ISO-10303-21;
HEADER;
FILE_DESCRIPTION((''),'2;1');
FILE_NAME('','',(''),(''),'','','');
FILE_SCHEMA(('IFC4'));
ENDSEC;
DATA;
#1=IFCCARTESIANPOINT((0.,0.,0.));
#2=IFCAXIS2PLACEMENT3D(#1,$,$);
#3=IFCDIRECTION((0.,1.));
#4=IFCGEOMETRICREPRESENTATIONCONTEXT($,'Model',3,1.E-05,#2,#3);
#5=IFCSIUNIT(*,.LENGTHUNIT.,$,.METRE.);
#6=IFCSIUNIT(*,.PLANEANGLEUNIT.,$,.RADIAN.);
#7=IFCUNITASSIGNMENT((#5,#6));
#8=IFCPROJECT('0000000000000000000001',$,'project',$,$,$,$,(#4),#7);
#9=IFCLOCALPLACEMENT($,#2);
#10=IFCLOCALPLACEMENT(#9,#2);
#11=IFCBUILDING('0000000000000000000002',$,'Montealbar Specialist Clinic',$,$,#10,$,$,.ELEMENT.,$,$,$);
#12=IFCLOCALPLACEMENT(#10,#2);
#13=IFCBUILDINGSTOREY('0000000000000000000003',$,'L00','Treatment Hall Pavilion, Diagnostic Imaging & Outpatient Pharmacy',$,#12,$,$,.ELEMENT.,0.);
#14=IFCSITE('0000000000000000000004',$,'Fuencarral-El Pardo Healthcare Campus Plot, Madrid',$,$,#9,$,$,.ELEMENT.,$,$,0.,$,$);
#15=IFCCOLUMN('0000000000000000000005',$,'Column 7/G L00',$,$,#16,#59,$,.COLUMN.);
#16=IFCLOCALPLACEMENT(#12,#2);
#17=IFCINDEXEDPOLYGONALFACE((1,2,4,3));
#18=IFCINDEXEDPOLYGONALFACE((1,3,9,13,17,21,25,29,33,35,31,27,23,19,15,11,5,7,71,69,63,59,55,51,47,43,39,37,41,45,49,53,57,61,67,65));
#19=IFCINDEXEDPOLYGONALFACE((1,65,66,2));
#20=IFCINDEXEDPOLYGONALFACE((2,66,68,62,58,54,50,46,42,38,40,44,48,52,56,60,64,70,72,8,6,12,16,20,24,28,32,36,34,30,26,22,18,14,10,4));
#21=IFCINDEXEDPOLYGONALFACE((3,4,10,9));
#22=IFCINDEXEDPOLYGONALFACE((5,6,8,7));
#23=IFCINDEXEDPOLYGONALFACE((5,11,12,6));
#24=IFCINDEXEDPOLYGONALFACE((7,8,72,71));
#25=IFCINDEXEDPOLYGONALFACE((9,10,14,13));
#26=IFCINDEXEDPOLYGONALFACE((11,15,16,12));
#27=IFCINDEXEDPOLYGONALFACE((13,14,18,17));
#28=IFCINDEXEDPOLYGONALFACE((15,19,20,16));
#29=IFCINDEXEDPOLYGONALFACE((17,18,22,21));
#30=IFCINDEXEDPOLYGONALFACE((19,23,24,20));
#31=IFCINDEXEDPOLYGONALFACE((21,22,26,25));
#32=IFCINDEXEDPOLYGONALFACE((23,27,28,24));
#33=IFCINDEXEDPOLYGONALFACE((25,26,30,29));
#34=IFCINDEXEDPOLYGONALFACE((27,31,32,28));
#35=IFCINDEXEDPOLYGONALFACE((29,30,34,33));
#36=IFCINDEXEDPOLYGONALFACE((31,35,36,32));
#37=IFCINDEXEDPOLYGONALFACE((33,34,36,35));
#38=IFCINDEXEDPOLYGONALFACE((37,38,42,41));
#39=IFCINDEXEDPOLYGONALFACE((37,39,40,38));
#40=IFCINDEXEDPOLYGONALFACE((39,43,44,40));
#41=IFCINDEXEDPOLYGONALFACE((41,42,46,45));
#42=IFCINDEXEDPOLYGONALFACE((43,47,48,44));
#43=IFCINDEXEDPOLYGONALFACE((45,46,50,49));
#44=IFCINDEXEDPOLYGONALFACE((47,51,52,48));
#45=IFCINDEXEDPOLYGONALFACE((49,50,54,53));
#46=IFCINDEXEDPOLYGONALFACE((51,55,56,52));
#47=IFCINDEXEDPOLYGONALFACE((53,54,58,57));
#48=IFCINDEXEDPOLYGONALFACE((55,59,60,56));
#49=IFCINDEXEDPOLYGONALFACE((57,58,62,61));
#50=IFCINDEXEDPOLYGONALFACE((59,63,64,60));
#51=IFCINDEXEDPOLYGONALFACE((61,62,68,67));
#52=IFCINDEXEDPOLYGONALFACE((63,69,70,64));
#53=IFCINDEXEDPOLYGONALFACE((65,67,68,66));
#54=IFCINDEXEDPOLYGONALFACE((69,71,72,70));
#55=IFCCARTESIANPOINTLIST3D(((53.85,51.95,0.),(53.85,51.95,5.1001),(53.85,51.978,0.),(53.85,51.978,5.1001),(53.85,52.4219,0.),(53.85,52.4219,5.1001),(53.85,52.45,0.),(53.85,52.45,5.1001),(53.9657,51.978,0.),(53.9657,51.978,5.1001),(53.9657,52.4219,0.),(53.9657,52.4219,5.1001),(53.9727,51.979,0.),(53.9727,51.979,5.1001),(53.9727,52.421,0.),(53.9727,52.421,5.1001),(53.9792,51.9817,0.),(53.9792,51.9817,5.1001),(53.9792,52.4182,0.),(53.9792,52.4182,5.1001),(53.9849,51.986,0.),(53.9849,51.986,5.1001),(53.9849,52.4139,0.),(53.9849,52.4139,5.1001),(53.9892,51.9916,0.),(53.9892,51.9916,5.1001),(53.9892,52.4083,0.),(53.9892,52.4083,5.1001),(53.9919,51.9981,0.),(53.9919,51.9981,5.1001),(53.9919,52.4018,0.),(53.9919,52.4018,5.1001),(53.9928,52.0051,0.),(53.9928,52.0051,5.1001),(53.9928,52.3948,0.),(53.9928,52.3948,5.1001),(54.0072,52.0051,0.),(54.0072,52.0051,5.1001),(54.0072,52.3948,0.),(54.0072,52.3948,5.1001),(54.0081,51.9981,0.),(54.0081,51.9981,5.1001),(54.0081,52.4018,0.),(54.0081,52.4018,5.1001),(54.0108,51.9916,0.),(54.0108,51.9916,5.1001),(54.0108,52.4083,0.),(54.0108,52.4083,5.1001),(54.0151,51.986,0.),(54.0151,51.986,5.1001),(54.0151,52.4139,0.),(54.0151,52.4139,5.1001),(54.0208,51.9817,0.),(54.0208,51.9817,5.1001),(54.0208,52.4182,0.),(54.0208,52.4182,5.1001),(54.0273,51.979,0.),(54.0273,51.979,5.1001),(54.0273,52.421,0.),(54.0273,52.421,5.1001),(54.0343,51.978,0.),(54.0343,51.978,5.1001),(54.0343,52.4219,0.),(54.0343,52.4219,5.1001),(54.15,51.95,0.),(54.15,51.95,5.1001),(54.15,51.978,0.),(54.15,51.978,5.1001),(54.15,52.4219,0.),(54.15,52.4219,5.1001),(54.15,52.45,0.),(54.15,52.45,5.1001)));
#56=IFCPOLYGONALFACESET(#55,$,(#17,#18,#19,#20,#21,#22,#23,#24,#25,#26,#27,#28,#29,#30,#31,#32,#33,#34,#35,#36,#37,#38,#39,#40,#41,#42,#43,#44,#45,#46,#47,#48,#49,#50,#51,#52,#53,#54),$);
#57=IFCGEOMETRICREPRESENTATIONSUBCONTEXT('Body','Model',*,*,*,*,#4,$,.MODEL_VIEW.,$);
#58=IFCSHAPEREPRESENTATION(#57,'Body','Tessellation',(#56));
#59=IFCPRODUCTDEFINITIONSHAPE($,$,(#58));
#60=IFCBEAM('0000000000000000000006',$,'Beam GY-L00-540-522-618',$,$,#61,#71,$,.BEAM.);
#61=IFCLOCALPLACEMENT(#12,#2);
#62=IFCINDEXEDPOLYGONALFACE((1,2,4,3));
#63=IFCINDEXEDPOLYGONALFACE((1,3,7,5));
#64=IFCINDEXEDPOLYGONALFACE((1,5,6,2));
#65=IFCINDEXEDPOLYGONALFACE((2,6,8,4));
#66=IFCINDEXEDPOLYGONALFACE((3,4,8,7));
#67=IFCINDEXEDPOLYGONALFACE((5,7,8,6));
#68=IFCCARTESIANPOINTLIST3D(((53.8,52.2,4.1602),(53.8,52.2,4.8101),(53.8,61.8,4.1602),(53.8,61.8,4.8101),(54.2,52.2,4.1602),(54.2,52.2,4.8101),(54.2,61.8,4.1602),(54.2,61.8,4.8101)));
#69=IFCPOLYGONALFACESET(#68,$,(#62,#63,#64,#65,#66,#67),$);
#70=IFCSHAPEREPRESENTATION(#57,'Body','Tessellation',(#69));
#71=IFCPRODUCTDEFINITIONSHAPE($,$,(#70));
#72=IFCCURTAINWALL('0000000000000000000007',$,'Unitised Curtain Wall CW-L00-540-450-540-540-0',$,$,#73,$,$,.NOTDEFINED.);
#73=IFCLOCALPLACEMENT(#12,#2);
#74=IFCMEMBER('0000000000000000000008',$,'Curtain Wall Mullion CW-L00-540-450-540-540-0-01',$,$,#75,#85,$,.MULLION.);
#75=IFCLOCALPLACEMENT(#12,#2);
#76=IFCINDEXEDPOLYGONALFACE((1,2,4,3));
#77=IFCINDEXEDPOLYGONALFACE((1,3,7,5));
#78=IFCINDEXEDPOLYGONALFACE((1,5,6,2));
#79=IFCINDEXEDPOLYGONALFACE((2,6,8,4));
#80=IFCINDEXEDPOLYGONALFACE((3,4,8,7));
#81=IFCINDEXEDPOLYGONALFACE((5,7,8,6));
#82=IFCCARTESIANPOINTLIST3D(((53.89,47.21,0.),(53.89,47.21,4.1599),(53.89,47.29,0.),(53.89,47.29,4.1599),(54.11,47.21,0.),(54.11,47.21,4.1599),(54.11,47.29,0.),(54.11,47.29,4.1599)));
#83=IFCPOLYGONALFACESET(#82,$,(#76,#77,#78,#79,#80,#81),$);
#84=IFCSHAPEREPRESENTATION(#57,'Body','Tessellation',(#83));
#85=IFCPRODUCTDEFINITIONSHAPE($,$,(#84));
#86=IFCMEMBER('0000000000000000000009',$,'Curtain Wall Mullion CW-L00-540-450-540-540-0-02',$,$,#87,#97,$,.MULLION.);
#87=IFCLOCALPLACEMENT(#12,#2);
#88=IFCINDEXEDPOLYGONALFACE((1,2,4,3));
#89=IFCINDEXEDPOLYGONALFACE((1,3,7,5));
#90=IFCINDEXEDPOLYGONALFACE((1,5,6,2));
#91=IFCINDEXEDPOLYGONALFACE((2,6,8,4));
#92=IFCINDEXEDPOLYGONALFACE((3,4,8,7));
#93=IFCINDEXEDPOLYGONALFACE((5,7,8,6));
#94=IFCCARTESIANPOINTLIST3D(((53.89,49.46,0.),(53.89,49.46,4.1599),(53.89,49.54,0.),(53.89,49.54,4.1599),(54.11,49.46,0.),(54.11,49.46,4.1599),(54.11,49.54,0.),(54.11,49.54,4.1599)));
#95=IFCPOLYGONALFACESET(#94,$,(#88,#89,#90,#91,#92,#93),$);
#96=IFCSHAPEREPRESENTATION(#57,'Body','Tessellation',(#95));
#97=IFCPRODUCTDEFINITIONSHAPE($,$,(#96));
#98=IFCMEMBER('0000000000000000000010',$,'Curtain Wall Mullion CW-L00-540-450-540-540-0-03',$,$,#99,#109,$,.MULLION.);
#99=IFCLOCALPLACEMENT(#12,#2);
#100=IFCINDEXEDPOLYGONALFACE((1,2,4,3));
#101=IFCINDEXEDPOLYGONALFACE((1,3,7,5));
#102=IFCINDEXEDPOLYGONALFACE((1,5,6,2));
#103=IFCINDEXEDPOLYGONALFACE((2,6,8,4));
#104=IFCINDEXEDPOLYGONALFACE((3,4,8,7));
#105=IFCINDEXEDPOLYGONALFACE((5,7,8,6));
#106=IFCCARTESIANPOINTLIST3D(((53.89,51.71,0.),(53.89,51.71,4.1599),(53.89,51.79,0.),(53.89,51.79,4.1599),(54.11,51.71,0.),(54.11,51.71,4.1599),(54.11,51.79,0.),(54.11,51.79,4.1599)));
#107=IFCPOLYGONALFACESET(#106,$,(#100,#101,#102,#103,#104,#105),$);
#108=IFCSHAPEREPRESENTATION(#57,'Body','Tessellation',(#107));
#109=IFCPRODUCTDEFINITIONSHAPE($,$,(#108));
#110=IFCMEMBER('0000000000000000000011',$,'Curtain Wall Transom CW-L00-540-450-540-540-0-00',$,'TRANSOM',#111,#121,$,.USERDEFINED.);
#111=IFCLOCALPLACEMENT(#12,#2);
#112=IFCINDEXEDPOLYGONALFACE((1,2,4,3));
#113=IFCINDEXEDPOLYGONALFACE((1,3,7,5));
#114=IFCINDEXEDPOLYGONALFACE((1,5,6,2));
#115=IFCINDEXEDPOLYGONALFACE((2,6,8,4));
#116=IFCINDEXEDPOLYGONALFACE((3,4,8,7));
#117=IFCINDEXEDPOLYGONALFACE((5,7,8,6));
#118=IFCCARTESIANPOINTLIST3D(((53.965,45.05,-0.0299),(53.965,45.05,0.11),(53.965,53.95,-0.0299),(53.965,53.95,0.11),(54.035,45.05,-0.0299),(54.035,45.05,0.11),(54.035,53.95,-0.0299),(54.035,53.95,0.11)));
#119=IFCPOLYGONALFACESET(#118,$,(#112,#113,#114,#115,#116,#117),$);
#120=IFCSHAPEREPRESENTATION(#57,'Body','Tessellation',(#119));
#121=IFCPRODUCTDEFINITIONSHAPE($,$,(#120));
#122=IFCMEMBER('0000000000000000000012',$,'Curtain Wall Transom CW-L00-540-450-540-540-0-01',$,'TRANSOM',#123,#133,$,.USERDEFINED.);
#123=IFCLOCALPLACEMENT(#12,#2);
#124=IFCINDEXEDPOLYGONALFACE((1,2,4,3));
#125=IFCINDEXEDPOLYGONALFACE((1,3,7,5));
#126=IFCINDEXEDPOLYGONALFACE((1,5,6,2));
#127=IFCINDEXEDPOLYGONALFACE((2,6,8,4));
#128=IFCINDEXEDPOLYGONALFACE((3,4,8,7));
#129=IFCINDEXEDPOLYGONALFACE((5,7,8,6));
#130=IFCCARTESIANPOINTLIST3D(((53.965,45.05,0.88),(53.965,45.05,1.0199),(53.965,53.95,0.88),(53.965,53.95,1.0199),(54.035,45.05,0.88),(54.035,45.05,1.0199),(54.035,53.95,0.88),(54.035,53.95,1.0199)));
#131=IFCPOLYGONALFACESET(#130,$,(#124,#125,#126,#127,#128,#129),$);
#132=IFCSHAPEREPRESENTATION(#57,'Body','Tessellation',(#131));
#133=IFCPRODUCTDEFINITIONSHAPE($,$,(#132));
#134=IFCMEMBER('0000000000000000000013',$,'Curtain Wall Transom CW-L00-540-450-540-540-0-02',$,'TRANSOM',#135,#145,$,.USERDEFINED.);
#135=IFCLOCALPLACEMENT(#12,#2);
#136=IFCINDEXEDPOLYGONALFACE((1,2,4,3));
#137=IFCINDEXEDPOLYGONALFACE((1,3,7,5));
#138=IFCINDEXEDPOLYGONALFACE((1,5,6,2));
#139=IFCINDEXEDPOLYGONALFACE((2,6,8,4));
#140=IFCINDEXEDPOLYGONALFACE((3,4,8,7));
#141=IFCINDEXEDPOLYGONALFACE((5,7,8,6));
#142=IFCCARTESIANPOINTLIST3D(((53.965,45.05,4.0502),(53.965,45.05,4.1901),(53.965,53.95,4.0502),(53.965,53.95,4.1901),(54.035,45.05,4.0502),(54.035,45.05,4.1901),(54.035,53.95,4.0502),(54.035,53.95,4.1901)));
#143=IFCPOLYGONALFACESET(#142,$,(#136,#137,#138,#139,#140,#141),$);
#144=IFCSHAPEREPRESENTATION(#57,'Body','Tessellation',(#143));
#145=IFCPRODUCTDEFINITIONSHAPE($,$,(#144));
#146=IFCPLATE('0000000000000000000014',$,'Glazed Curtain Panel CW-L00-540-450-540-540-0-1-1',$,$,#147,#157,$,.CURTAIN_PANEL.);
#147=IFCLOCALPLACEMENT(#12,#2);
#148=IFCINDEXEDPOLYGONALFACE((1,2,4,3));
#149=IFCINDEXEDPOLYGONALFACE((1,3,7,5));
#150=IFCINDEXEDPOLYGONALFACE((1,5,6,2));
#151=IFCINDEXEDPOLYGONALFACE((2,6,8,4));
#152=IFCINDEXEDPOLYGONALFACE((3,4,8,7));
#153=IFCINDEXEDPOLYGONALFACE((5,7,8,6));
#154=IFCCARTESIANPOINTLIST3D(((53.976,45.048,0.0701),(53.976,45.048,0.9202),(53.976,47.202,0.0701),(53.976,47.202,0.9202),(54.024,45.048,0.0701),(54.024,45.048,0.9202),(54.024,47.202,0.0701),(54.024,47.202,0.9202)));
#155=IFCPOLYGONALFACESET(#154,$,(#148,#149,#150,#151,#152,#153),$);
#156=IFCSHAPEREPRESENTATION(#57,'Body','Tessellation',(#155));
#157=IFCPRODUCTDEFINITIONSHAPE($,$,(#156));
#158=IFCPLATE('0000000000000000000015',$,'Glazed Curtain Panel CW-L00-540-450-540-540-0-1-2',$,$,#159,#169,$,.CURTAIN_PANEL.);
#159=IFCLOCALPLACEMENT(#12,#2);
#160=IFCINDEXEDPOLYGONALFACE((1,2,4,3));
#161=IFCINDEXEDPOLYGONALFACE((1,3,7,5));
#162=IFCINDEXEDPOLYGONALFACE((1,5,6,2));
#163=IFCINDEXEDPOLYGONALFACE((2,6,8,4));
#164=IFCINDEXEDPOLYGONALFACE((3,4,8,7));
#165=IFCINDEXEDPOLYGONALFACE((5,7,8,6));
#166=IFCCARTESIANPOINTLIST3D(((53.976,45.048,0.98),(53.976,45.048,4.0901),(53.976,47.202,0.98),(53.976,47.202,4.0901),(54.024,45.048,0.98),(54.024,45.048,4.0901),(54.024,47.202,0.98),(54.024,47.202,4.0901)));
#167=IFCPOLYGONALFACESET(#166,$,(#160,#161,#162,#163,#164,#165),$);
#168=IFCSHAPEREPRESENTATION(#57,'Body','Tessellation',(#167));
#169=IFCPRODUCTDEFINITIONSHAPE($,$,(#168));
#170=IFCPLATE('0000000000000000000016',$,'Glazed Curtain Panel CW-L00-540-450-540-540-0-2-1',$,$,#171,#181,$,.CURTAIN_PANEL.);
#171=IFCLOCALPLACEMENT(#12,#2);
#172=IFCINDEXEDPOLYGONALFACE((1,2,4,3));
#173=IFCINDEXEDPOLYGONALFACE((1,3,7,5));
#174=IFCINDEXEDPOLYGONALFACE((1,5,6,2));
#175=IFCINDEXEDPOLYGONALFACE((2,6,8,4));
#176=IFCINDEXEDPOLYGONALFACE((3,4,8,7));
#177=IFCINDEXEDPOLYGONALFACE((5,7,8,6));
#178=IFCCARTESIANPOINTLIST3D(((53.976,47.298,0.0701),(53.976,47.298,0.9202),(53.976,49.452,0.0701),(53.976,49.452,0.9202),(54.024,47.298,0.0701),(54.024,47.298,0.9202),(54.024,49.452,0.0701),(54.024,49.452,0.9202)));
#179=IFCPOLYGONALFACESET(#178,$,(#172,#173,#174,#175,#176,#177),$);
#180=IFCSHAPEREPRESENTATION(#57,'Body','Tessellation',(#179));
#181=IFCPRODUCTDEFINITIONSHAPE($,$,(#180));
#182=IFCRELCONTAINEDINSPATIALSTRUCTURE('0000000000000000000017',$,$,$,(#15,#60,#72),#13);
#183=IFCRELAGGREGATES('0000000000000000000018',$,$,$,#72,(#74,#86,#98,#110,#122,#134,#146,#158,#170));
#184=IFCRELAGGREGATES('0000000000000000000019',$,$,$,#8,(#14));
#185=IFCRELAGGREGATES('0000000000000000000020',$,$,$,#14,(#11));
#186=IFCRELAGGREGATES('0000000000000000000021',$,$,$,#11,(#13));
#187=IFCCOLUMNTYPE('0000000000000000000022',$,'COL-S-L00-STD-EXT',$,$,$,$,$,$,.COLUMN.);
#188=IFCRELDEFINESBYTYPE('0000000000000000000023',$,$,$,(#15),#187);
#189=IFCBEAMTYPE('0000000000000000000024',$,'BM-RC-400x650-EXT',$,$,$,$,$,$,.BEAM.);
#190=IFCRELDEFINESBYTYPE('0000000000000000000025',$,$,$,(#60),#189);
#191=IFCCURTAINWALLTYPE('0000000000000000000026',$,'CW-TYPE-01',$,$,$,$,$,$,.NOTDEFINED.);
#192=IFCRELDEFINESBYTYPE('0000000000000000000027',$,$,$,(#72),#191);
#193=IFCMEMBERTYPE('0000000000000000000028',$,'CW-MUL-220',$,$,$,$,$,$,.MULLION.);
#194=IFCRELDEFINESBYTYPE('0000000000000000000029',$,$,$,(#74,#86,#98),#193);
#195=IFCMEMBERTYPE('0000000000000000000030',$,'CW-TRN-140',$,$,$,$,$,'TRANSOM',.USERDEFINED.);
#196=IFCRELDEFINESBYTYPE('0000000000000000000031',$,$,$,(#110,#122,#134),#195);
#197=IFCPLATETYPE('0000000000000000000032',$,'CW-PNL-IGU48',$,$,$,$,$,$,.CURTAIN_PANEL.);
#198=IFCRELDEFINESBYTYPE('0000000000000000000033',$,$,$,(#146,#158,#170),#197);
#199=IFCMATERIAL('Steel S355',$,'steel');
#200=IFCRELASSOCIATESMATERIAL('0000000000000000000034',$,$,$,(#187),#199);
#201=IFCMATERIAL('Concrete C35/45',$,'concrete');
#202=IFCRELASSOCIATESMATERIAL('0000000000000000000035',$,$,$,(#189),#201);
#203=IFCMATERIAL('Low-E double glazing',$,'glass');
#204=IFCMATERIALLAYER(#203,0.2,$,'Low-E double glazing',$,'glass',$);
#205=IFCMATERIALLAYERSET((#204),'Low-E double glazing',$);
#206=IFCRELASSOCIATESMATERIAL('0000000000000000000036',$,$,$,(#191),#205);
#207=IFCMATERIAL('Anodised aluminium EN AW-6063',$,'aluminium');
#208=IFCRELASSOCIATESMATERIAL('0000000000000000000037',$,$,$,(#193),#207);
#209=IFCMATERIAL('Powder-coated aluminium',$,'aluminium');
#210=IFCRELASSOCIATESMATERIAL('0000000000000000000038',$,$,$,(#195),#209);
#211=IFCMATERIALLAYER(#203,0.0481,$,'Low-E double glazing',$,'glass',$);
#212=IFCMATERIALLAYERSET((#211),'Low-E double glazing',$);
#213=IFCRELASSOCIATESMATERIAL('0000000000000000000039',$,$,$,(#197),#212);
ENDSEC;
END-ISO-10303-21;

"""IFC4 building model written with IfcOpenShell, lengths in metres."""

from ifc_helpers import new_model, si_unit, direction, frame, origin, origin_2d, place, context, subcontext, project, spatial, rectangle, i_section, extrude, material, layer, layer_set, material_profile, profile_set, type_object, element, aggregate, save


model = new_model("IFC4")

# Units and contexts
model_context = context("Model", 3, precision=1e-05, world=origin(), true_north=direction((0.0, 1.0)))
body_context = subcontext(model_context, "Body", "Model", "MODEL_VIEW")
ifc_project = project(units=[si_unit("LENGTHUNIT", "METRE"), si_unit("PLANEANGLEUNIT", "RADIAN")], contexts=[model_context])

# Site, building, storey
site_placement = place(None, origin())
site = spatial("IfcSite", under=ifc_project, at=site_placement, Name="Fuencarral-El Pardo Healthcare Campus Plot, Madrid", CompositionType="ELEMENT", RefElevation=0.0)
building_placement = place(site_placement, origin())
building = spatial("IfcBuilding", under=site, at=building_placement, Name="Montealbar Specialist Clinic", CompositionType="ELEMENT")
storey_placement = place(building_placement, origin())
storey = spatial("IfcBuildingStorey", under=building, at=storey_placement, Name="L00", Description="Treatment Hall Pavilion, Diagnostic Imaging & Outpatient Pharmacy", CompositionType="ELEMENT", Elevation=0.0)

# Column
ifc_material_1 = material(Name="Steel S355", Category="steel")
ifc_material_profile_1 = material_profile(ifc_material_1, i_section(OverallWidth=0.3, OverallDepth=0.5, WebThickness=0.0144, FlangeThickness=0.0281, FilletRadius=0.0271, at=origin_2d()), Name="HEB 500", Category="steel")
ifc_profile_set_1 = profile_set([ifc_material_profile_1], Name="Steel S355")
column_type = type_object("IfcColumnType", Name="COL-S-L00-STD-EXT", PredefinedType="COLUMN", material=ifc_profile_set_1)
column_placement = place(storey_placement, frame((54.0, 52.2, 0.0), z_axis=(0.0, 0.0, 1.0), x_axis=(1.0, 0.0, 0.0)))
element("IfcColumn", 1, at=column_placement, inside=storey, type_object=column_type, Name="Column 7/G L00", PredefinedType="COLUMN", context=body_context, shape_type="SweptSolid", body=[
    extrude(i_section(OverallWidth=0.3, OverallDepth=0.5, WebThickness=0.0144, FlangeThickness=0.0281, FilletRadius=0.0271, at=origin_2d()), origin(), (0.0, 0.0, 1.0), 5.1001),
])

# Beam
ifc_material_2 = material(Name="Concrete C35/45", Category="concrete")
ifc_material_profile_2 = material_profile(ifc_material_2, rectangle(XDim=0.3999, YDim=0.6499, at=origin_2d()), Name="RC 400x650", Category="concrete")
ifc_profile_set_2 = profile_set([ifc_material_profile_2], Name="Concrete C35/45")
beam_type = type_object("IfcBeamType", Name="BM-RC-400x650-EXT", PredefinedType="BEAM", material=ifc_profile_set_2)
beam_placement = place(storey_placement, frame((54.0, 52.2, 4.4851), z_axis=(0.0, 1.0, 0.0), x_axis=(-1.0, 0.0, 0.0)))
element("IfcBeam", 2, at=beam_placement, inside=storey, type_object=beam_type, Name="Beam GY-L00-540-522-618", PredefinedType="BEAM", context=body_context, shape_type="SweptSolid", body=[
    extrude(rectangle(XDim=0.3999, YDim=0.6499, at=origin_2d()), origin(), (0.0, 0.0, 1.0), 9.6001),
])

# Curtain wall, members, plates
ifc_material_3 = material(Name="Low-E double glazing", Category="glass")
ifc_layer_1 = layer(ifc_material_3, 0.2, Name="Low-E double glazing", Category="glass")
ifc_layer_set_1 = layer_set([ifc_layer_1], Name="Low-E double glazing")
curtain_wall_type = type_object("IfcCurtainWallType", Name="CW-TYPE-01", PredefinedType="NOTDEFINED", material=ifc_layer_set_1)
curtain_wall_placement = place(storey_placement, origin())
curtain_wall = element("IfcCurtainWall", 3, at=curtain_wall_placement, inside=storey, type_object=curtain_wall_type, Name="Unitised Curtain Wall CW-L00-540-450-540-540-0", PredefinedType="NOTDEFINED")
ifc_material_4 = material(Name="Anodised aluminium EN AW-6063", Category="aluminium")
ifc_material_profile_3 = material_profile(ifc_material_4, rectangle(XDim=0.0801, YDim=0.22, at=origin_2d()), Name="ALU 80x220", Category="aluminium")
ifc_profile_set_3 = profile_set([ifc_material_profile_3], Name="Anodised aluminium EN AW-6063")
member_type_1 = type_object("IfcMemberType", Name="CW-MUL-220", PredefinedType="MULLION", material=ifc_profile_set_3)
member_1_placement = place(storey_placement, frame((54.0, 47.25, 0.0), z_axis=(0.0, 0.0, 1.0), x_axis=(0.0, 1.0, 0.0)))
member_1 = element("IfcMember", 4, at=member_1_placement, type_object=member_type_1, Name="Curtain Wall Mullion CW-L00-540-450-540-540-0-01", PredefinedType="MULLION", context=body_context, shape_type="SweptSolid", body=[
    extrude(rectangle(XDim=0.0801, YDim=0.22, at=origin_2d()), origin(), (0.0, 0.0, 1.0), 4.1599),
])
member_2_placement = place(storey_placement, frame((54.0, 49.5, 0.0), z_axis=(0.0, 0.0, 1.0), x_axis=(0.0, 1.0, 0.0)))
member_2 = element("IfcMember", 5, at=member_2_placement, type_object=member_type_1, Name="Curtain Wall Mullion CW-L00-540-450-540-540-0-02", PredefinedType="MULLION", context=body_context, shape_type="SweptSolid", body=[
    extrude(rectangle(XDim=0.0801, YDim=0.22, at=origin_2d()), origin(), (0.0, 0.0, 1.0), 4.1599),
])
member_3_placement = place(storey_placement, frame((54.0, 51.75, 0.0), z_axis=(0.0, 0.0, 1.0), x_axis=(0.0, 1.0, 0.0)))
member_3 = element("IfcMember", 6, at=member_3_placement, type_object=member_type_1, Name="Curtain Wall Mullion CW-L00-540-450-540-540-0-03", PredefinedType="MULLION", context=body_context, shape_type="SweptSolid", body=[
    extrude(rectangle(XDim=0.0801, YDim=0.22, at=origin_2d()), origin(), (0.0, 0.0, 1.0), 4.1599),
])
ifc_material_5 = material(Name="Powder-coated aluminium", Category="aluminium")
ifc_material_profile_4 = material_profile(ifc_material_5, rectangle(XDim=0.0701, YDim=0.1399, at=origin_2d()), Name="ALU 70x140", Category="aluminium")
ifc_profile_set_4 = profile_set([ifc_material_profile_4], Name="Powder-coated aluminium")
member_type_2 = type_object("IfcMemberType", Name="CW-TRN-140", ElementType="TRANSOM", PredefinedType="USERDEFINED", material=ifc_profile_set_4)
member_4_placement = place(storey_placement, frame((54.0, 45.05, 0.04), z_axis=(0.0, 1.0, 0.0), x_axis=(-1.0, 0.0, 0.0)))
member_4 = element("IfcMember", 7, at=member_4_placement, type_object=member_type_2, Name="Curtain Wall Transom CW-L00-540-450-540-540-0-00", ObjectType="TRANSOM", PredefinedType="USERDEFINED", context=body_context, shape_type="SweptSolid", body=[
    extrude(rectangle(XDim=0.0701, YDim=0.1399, at=origin_2d()), origin(), (0.0, 0.0, 1.0), 8.8999),
])
member_5_placement = place(storey_placement, frame((54.0, 45.05, 0.95), z_axis=(0.0, 1.0, 0.0), x_axis=(-1.0, 0.0, 0.0)))
member_5 = element("IfcMember", 8, at=member_5_placement, type_object=member_type_2, Name="Curtain Wall Transom CW-L00-540-450-540-540-0-01", ObjectType="TRANSOM", PredefinedType="USERDEFINED", context=body_context, shape_type="SweptSolid", body=[
    extrude(rectangle(XDim=0.0701, YDim=0.1399, at=origin_2d()), origin(), (0.0, 0.0, 1.0), 8.8999),
])
member_6_placement = place(storey_placement, frame((54.0, 45.05, 4.1201), z_axis=(0.0, 1.0, 0.0), x_axis=(-1.0, 0.0, 0.0)))
member_6 = element("IfcMember", 9, at=member_6_placement, type_object=member_type_2, Name="Curtain Wall Transom CW-L00-540-450-540-540-0-02", ObjectType="TRANSOM", PredefinedType="USERDEFINED", context=body_context, shape_type="SweptSolid", body=[
    extrude(rectangle(XDim=0.0701, YDim=0.1399, at=origin_2d()), origin(), (0.0, 0.0, 1.0), 8.8999),
])
ifc_layer_2 = layer(ifc_material_3, 0.0481, Name="Low-E double glazing", Category="glass")
ifc_layer_set_2 = layer_set([ifc_layer_2], Name="Low-E double glazing")
plate_type = type_object("IfcPlateType", Name="CW-PNL-IGU48", PredefinedType="CURTAIN_PANEL", material=ifc_layer_set_2)
plate_1_placement = place(storey_placement, frame((54.0, 46.125, 0.0701), z_axis=(0.0, 0.0, 1.0), x_axis=(0.0, 1.0, 0.0)))
plate_1 = element("IfcPlate", 10, at=plate_1_placement, type_object=plate_type, Name="Glazed Curtain Panel CW-L00-540-450-540-540-0-1-1", PredefinedType="CURTAIN_PANEL", context=body_context, shape_type="SweptSolid", body=[
    extrude(rectangle(XDim=2.1541, YDim=0.0481, at=origin_2d()), origin(), (0.0, 0.0, 1.0), 0.8501),
])
plate_2_placement = place(storey_placement, frame((54.0, 46.125, 0.98), z_axis=(0.0, 0.0, 1.0), x_axis=(0.0, 1.0, 0.0)))
plate_2 = element("IfcPlate", 11, at=plate_2_placement, type_object=plate_type, Name="Glazed Curtain Panel CW-L00-540-450-540-540-0-1-2", PredefinedType="CURTAIN_PANEL", context=body_context, shape_type="SweptSolid", body=[
    extrude(rectangle(XDim=2.1541, YDim=0.0481, at=origin_2d()), origin(), (0.0, 0.0, 1.0), 3.1101),
])
plate_3_placement = place(storey_placement, frame((54.0, 48.375, 0.0701), z_axis=(0.0, 0.0, 1.0), x_axis=(0.0, 1.0, 0.0)))
plate_3 = element("IfcPlate", 12, at=plate_3_placement, type_object=plate_type, Name="Glazed Curtain Panel CW-L00-540-450-540-540-0-2-1", PredefinedType="CURTAIN_PANEL", context=body_context, shape_type="SweptSolid", body=[
    extrude(rectangle(XDim=2.1541, YDim=0.0481, at=origin_2d()), origin(), (0.0, 0.0, 1.0), 0.8501),
])
aggregate(curtain_wall, [member_1, member_2, member_3, member_4, member_5, member_6, plate_1, plate_2, plate_3])

save(model, "model.ifc")
